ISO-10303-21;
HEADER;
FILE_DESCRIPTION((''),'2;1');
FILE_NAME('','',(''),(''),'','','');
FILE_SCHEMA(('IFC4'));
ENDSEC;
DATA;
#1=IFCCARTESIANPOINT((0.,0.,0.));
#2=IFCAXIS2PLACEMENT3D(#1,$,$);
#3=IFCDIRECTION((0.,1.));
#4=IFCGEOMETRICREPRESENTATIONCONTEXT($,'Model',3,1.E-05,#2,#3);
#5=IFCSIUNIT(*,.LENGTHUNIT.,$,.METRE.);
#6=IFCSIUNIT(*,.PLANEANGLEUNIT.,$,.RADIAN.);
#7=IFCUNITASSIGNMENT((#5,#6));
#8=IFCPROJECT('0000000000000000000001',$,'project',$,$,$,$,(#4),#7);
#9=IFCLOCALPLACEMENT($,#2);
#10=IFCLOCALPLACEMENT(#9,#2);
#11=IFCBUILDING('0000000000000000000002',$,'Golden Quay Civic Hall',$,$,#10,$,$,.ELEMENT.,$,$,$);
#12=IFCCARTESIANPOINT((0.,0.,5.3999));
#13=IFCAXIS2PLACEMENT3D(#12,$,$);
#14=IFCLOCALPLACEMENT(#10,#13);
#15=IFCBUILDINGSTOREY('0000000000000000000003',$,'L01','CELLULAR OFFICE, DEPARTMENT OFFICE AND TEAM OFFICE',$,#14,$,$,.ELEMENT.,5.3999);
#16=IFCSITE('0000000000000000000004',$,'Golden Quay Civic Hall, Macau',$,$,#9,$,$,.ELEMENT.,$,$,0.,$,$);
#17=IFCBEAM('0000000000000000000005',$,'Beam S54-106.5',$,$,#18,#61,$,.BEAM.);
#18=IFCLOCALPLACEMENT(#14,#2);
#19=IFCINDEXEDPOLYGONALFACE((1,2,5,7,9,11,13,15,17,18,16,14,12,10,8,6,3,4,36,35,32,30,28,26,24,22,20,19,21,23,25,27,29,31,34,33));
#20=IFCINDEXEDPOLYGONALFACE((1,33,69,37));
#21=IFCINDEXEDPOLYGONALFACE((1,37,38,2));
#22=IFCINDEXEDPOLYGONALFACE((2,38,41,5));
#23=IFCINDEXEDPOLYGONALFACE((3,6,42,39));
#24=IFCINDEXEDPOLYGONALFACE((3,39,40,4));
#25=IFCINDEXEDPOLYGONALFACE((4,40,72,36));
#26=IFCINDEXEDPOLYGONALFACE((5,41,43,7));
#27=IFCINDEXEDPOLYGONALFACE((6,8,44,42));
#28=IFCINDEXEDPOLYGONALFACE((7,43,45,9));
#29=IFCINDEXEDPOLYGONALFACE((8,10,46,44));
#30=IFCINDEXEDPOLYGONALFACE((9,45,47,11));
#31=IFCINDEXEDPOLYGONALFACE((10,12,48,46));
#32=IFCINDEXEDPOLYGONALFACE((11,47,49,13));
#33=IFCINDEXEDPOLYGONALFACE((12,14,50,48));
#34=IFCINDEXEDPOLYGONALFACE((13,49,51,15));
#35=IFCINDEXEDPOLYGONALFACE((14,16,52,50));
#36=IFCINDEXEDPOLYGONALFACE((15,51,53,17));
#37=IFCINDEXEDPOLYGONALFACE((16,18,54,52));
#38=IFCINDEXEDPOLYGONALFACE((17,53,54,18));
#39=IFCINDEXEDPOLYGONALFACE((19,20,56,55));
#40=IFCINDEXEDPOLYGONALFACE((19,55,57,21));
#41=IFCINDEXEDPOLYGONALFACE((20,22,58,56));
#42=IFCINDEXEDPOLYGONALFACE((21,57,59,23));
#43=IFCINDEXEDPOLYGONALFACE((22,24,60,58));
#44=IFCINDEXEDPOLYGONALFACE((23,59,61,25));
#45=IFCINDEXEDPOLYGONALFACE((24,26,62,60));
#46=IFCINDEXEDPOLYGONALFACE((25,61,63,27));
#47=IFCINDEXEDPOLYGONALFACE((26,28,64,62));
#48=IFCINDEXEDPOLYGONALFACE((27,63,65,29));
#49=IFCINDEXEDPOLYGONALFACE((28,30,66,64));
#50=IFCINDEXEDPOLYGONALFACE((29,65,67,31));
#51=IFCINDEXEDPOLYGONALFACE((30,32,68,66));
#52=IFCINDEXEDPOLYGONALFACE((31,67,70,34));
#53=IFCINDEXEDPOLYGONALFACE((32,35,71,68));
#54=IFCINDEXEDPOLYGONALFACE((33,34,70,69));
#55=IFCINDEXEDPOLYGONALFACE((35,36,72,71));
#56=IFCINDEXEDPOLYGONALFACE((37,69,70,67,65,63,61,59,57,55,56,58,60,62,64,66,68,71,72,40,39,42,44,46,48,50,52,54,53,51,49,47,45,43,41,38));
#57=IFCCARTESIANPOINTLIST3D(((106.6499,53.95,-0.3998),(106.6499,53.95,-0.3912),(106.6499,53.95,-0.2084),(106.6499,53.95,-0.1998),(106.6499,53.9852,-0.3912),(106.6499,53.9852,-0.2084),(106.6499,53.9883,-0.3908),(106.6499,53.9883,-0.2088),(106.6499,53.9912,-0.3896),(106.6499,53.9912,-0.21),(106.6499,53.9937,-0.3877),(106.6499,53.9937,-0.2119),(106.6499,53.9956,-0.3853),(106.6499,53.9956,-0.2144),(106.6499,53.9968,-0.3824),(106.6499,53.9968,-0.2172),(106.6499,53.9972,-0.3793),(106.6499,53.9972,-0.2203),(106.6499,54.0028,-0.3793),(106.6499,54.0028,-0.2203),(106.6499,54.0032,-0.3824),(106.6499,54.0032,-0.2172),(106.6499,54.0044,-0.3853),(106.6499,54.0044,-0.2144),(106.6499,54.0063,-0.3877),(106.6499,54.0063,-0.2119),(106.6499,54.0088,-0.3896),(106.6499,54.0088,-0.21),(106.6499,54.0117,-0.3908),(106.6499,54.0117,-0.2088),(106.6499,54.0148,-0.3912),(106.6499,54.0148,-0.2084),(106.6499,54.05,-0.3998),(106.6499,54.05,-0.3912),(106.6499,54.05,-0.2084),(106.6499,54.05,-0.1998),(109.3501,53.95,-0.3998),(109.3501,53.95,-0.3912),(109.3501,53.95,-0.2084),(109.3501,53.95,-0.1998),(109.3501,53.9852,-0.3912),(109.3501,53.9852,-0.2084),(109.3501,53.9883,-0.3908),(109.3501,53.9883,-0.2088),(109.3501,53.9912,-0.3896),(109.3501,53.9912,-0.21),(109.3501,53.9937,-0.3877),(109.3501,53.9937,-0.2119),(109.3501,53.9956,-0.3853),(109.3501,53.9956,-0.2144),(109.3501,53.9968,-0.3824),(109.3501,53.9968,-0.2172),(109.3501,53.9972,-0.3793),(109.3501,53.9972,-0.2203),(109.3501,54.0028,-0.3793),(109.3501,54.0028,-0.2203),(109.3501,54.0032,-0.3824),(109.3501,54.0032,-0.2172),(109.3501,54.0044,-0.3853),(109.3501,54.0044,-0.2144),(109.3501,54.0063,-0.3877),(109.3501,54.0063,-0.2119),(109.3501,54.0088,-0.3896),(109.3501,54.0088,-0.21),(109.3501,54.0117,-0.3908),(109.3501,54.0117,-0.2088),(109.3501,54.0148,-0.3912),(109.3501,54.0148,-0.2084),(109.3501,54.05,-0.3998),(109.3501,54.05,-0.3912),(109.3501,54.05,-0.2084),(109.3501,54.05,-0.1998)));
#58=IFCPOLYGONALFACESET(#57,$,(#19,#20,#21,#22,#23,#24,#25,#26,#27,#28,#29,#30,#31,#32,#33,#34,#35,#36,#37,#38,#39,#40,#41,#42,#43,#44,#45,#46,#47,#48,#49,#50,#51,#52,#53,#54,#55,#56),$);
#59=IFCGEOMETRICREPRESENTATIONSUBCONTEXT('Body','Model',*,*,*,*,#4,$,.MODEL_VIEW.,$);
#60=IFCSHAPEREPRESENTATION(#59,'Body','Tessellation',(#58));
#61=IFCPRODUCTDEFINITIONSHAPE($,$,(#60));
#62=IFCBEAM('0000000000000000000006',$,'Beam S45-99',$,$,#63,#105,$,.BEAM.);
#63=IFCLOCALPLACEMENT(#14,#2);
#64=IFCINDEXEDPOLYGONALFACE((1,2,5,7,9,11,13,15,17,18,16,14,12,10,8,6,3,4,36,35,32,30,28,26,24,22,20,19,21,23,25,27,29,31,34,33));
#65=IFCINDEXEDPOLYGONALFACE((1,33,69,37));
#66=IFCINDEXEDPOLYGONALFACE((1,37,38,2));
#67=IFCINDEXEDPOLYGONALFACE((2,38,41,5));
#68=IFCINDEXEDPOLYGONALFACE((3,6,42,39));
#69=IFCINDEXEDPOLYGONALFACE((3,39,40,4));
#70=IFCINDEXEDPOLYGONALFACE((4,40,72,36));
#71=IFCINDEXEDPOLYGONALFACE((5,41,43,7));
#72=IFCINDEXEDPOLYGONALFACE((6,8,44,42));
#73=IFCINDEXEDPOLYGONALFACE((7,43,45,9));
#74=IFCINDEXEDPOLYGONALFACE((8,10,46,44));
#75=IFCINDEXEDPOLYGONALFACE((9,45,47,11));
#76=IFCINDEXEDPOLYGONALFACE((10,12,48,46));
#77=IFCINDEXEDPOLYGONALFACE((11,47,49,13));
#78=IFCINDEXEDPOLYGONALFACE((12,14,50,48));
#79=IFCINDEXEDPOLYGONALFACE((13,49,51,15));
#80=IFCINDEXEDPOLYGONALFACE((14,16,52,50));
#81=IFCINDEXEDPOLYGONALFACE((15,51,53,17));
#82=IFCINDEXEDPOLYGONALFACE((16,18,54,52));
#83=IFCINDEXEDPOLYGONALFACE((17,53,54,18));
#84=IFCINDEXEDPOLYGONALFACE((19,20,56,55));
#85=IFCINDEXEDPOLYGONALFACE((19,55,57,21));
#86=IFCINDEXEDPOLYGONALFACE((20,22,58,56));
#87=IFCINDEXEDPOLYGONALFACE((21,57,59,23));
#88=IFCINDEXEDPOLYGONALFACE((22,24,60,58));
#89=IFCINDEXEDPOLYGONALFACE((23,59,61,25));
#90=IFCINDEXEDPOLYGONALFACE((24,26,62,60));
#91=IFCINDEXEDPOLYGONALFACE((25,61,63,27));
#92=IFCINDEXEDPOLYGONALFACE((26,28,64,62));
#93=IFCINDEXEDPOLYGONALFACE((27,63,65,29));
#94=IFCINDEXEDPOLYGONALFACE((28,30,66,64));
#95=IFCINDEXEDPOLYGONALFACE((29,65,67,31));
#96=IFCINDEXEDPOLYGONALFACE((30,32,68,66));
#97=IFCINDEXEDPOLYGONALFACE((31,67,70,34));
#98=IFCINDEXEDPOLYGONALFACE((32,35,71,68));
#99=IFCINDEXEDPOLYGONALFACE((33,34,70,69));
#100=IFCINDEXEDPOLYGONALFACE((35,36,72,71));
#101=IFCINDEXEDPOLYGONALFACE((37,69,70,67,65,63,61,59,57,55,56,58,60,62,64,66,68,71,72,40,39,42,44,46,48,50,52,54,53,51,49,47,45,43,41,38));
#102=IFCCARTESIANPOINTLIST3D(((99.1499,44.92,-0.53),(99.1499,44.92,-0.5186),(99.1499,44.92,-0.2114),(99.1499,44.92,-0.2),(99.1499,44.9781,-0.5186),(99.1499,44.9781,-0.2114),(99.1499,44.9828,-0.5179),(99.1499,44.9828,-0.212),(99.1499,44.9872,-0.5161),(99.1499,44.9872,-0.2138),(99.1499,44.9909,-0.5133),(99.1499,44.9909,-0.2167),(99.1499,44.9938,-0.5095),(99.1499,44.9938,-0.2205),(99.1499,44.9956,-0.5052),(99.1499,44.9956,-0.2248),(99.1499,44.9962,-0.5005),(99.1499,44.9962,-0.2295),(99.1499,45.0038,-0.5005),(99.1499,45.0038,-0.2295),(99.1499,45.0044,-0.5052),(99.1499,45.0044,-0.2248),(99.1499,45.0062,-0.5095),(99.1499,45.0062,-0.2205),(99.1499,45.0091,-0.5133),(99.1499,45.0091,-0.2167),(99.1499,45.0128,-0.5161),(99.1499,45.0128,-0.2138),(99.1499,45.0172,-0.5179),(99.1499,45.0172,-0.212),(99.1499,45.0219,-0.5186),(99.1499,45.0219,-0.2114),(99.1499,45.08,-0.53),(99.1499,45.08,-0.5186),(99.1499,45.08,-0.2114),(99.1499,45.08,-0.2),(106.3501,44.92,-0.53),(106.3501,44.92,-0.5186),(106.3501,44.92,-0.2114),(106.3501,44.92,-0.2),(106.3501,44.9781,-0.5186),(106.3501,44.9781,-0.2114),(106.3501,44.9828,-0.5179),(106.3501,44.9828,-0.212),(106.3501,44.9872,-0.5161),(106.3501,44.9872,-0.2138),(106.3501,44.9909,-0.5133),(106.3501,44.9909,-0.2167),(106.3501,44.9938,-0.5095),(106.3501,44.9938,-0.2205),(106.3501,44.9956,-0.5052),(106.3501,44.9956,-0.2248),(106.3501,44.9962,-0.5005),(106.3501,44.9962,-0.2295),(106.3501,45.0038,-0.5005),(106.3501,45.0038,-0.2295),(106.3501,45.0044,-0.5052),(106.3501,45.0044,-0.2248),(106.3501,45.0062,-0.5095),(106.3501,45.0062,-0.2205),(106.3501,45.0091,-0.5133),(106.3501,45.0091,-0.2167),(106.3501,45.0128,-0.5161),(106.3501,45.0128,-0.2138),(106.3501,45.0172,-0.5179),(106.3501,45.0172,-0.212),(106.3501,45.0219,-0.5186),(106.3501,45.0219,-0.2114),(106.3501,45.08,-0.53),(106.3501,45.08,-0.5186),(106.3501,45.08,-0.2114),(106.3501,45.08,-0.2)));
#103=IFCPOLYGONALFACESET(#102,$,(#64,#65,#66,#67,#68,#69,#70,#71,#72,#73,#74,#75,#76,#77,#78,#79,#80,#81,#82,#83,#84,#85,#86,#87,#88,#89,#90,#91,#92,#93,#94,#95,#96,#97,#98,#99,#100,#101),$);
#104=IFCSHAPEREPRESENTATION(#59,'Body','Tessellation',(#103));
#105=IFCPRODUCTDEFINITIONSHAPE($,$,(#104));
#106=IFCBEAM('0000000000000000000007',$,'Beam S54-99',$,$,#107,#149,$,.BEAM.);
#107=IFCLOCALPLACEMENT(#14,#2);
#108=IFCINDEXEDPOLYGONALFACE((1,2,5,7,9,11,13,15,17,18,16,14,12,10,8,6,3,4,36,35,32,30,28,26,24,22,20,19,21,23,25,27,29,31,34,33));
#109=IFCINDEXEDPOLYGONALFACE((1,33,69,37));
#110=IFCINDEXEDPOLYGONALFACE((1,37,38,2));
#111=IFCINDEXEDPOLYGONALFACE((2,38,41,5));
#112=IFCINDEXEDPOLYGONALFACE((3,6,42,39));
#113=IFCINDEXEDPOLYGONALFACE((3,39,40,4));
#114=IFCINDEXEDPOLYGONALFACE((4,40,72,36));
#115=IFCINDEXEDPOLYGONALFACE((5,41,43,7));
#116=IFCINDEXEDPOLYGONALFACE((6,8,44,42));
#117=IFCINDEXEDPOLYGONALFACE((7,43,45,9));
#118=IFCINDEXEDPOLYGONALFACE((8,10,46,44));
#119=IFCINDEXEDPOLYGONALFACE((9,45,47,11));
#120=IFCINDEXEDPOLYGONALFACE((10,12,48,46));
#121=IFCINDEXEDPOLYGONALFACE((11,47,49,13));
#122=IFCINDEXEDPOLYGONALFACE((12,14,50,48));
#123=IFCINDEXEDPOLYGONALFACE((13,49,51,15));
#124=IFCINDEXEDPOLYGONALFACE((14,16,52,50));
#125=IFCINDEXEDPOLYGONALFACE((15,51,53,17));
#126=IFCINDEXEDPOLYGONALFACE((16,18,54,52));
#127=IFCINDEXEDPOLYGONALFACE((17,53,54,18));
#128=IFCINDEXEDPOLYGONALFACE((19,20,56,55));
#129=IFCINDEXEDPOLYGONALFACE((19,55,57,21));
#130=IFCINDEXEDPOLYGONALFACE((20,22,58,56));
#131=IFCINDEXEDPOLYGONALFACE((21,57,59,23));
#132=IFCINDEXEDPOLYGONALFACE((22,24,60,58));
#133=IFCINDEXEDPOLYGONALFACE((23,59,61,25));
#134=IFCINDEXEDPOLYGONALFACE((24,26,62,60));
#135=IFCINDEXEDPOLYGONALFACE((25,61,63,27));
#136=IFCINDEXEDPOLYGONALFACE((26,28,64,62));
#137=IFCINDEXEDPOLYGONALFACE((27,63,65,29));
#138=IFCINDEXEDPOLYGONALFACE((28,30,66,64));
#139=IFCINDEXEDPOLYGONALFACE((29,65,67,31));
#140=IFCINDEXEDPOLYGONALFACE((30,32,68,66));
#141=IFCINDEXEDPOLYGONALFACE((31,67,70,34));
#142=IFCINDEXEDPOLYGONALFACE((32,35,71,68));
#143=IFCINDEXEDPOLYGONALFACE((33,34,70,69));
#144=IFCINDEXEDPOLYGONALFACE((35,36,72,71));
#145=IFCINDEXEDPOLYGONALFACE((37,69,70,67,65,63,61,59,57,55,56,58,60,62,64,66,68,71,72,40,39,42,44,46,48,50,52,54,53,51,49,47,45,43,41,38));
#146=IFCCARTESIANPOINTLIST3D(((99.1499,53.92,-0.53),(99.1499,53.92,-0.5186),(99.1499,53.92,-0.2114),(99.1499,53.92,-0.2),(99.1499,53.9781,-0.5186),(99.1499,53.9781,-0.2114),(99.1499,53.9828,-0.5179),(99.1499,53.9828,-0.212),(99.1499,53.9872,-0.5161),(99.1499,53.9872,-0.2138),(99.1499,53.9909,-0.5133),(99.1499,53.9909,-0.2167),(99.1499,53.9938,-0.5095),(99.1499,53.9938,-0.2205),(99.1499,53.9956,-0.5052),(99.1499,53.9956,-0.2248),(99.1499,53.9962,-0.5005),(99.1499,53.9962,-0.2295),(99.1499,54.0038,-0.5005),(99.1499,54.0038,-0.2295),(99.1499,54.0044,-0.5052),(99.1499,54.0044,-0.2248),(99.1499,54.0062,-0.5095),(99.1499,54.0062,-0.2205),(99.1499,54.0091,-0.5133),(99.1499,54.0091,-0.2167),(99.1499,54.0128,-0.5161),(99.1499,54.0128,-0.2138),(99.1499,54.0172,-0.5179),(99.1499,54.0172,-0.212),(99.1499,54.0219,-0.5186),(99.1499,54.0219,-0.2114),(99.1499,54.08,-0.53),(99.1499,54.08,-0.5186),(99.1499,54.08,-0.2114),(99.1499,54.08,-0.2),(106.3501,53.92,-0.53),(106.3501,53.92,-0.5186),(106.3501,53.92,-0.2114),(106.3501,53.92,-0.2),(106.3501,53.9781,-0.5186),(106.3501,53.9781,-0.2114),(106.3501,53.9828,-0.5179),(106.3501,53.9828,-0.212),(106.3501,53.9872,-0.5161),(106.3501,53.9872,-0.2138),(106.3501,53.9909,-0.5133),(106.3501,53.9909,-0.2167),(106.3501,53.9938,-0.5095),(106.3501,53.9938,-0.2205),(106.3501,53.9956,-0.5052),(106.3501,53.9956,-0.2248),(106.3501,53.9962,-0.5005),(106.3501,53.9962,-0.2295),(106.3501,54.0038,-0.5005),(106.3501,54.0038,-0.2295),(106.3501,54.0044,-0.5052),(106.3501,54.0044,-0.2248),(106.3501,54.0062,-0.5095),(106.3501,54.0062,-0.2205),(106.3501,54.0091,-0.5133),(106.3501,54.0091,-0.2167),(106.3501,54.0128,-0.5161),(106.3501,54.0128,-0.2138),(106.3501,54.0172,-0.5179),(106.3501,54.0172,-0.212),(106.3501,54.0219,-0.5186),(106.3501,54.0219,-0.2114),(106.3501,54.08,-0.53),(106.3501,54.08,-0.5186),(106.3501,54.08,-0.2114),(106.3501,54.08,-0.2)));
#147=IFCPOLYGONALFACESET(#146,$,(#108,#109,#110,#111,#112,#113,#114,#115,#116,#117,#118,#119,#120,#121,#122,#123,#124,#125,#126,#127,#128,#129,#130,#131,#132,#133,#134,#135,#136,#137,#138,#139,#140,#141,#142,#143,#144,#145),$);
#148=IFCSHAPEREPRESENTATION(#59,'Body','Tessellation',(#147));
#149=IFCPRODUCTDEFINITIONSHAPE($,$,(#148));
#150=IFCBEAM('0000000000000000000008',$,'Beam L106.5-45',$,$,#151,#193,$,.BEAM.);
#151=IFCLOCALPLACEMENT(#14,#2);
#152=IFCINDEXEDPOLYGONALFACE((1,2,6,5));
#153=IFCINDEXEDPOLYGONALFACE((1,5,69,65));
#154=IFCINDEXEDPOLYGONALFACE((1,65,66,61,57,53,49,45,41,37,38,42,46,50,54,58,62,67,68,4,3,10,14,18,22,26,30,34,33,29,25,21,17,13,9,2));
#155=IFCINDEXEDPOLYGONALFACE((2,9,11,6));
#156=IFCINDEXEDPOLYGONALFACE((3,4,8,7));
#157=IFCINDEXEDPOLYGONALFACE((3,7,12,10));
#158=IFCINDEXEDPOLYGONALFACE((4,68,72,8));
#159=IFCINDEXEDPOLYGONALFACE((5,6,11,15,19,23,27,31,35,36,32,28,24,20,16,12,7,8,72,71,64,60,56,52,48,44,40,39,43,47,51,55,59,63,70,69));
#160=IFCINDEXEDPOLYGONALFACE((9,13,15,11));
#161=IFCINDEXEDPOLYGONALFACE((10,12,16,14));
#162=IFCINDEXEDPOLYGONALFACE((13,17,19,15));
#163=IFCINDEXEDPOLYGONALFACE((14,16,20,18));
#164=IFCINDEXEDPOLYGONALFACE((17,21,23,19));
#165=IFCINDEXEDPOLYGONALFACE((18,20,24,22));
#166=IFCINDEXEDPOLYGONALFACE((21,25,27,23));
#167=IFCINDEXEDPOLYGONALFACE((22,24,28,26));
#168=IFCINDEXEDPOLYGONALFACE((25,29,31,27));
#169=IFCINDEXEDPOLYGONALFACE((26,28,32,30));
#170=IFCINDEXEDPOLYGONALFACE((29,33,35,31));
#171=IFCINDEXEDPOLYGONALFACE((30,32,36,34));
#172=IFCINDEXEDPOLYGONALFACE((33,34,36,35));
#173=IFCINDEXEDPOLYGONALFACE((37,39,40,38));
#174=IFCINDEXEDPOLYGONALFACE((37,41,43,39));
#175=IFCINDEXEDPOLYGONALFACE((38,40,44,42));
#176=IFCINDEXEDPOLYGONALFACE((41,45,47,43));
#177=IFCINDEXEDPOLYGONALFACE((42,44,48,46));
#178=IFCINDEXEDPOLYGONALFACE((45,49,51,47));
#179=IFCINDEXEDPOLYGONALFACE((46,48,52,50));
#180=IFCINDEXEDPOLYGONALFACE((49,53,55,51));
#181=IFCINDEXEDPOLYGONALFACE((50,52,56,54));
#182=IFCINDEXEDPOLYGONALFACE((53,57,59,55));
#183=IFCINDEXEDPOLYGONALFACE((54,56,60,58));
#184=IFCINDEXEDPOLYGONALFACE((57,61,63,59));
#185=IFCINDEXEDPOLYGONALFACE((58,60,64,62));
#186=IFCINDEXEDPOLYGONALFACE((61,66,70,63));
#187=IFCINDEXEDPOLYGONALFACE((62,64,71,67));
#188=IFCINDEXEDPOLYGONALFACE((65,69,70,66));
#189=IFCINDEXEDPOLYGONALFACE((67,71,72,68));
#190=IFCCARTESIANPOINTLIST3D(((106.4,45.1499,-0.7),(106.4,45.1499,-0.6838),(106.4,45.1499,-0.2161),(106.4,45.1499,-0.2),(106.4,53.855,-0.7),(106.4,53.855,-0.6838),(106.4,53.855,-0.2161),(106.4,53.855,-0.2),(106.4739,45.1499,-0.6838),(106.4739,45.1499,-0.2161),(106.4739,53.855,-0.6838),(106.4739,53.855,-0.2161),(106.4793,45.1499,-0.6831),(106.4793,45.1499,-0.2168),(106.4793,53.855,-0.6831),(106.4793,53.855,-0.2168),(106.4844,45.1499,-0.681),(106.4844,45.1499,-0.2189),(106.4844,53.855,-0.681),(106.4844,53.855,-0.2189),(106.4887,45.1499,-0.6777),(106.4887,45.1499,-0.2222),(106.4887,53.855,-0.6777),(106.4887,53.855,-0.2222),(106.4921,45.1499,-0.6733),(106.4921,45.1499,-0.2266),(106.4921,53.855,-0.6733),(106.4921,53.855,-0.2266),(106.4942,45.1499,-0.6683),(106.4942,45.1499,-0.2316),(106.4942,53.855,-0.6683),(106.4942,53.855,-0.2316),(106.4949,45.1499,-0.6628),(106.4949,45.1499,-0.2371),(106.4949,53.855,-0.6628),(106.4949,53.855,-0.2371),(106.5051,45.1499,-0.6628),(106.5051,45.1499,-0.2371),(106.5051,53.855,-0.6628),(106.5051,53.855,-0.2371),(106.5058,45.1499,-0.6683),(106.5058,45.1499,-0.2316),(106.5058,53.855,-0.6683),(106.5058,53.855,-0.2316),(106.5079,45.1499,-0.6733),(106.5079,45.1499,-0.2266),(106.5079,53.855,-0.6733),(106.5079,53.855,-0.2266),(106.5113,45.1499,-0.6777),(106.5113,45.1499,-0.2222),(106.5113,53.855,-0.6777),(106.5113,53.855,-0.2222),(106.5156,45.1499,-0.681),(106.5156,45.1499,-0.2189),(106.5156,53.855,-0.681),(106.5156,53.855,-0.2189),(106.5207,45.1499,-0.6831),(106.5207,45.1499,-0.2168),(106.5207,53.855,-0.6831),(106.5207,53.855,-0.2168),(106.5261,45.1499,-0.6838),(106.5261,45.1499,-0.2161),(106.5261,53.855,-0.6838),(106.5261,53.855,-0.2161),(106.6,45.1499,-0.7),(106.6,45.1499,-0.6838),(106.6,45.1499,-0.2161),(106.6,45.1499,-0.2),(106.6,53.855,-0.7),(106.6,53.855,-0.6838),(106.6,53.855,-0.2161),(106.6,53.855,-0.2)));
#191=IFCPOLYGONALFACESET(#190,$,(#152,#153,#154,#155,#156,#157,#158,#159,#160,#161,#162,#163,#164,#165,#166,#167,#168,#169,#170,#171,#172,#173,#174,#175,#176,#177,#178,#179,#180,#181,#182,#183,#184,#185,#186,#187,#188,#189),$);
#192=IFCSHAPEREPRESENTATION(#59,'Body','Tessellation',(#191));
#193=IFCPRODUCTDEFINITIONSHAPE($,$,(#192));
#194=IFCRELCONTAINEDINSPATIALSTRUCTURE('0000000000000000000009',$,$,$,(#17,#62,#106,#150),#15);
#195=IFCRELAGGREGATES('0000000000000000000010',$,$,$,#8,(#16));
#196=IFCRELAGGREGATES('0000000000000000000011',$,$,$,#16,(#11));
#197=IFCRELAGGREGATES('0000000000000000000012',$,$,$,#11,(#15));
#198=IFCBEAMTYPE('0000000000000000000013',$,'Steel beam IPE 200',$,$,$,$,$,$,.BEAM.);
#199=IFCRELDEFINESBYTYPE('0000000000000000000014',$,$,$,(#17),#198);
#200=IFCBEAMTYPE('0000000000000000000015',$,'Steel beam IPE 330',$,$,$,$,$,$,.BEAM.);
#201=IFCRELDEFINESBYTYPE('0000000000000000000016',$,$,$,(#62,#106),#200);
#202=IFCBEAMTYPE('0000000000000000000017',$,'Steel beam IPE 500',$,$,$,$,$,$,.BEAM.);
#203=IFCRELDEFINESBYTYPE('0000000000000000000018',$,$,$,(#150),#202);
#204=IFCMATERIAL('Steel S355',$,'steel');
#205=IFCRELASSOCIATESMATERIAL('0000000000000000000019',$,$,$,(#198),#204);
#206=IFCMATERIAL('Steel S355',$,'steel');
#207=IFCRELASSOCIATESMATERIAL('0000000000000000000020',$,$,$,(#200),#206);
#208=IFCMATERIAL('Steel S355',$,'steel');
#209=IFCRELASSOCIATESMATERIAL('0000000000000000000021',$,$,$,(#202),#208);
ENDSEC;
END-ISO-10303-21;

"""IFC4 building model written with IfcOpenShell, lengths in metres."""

from ifc_helpers import new_model, si_unit, direction, frame, origin, origin_2d, place, context, subcontext, project, spatial, i_section, extrude, material, material_profile, profile_set, type_object, element, save


model = new_model("IFC4")

# Units and contexts
model_context = context("Model", 3, precision=1e-05, world=origin(), true_north=direction((0.0, 1.0)))
body_context = subcontext(model_context, "Body", "Model", "MODEL_VIEW")
ifc_project = project(units=[si_unit("LENGTHUNIT", "METRE"), si_unit("PLANEANGLEUNIT", "RADIAN")], contexts=[model_context])

# Site, building, storey
site_placement = place(None, origin())
site = spatial("IfcSite", under=ifc_project, at=site_placement, Name="Golden Quay Civic Hall, Macau", CompositionType="ELEMENT", RefElevation=0.0)
building_placement = place(site_placement, origin())
building = spatial("IfcBuilding", under=site, at=building_placement, Name="Golden Quay Civic Hall", CompositionType="ELEMENT")
storey_placement = place(building_placement, frame((0.0, 0.0, 5.3999)))
storey = spatial("IfcBuildingStorey", under=building, at=storey_placement, Name="L01", Description="CELLULAR OFFICE, DEPARTMENT OFFICE AND TEAM OFFICE", CompositionType="ELEMENT", Elevation=5.3999)

# Beams
ifc_material_1 = material(Name="Steel S355", Category="steel")
ifc_material_profile_1 = material_profile(ifc_material_1, i_section(OverallWidth=0.1001, OverallDepth=0.2, WebThickness=0.0056, FlangeThickness=0.0085, FilletRadius=0.012, at=origin_2d()), Name="IPE 200")
ifc_profile_set_1 = profile_set([ifc_material_profile_1], Name="Steel S355")
beam_type_1 = type_object("IfcBeamType", Name="Steel beam IPE 200", PredefinedType="BEAM", material=ifc_profile_set_1)
for number, where, z_axis, x_axis, name in (
    (1, (106.6499, 54.0, -0.2998), (1.0, 0.0, 0.0), (0.0, 1.0, 0.0), "Beam S54-106.5"),
):
    element("IfcBeam", number, at=place(storey_placement, frame(where, z_axis=z_axis, x_axis=x_axis)), inside=storey, type_object=beam_type_1, Name=name, PredefinedType="BEAM", context=body_context, shape_type="SweptSolid", body=[
        extrude(i_section(OverallWidth=0.1001, OverallDepth=0.2, WebThickness=0.0056, FlangeThickness=0.0085, FilletRadius=0.012, at=origin_2d()), origin(), (0.0, 0.0, 1.0), 2.7002),
    ])
ifc_material_2 = material(Name="Steel S355", Category="steel")
ifc_material_profile_2 = material_profile(ifc_material_2, i_section(OverallWidth=0.1599, OverallDepth=0.3301, WebThickness=0.0076, FlangeThickness=0.0115, FilletRadius=0.0181, at=origin_2d()), Name="IPE 330")
ifc_profile_set_2 = profile_set([ifc_material_profile_2], Name="Steel S355")
beam_type_2 = type_object("IfcBeamType", Name="Steel beam IPE 330", PredefinedType="BEAM", material=ifc_profile_set_2)
for number, where, z_axis, x_axis, name in (
    (2, (99.1499, 45.0, -0.365), (1.0, 0.0, 0.0), (0.0, 1.0, 0.0), "Beam S45-99"),
    (3, (99.1499, 54.0, -0.365), (1.0, 0.0, 0.0), (0.0, 1.0, 0.0), "Beam S54-99"),
):
    element("IfcBeam", number, at=place(storey_placement, frame(where, z_axis=z_axis, x_axis=x_axis)), inside=storey, type_object=beam_type_2, Name=name, PredefinedType="BEAM", context=body_context, shape_type="SweptSolid", body=[
        extrude(i_section(OverallWidth=0.1599, OverallDepth=0.3301, WebThickness=0.0076, FlangeThickness=0.0115, FilletRadius=0.0181, at=origin_2d()), origin(), (0.0, 0.0, 1.0), 7.2002),
    ])
ifc_material_3 = material(Name="Steel S355", Category="steel")
ifc_material_profile_3 = material_profile(ifc_material_3, i_section(OverallWidth=0.2, OverallDepth=0.5, WebThickness=0.0103, FlangeThickness=0.0161, FilletRadius=0.021, at=origin_2d()), Name="IPE 500")
ifc_profile_set_3 = profile_set([ifc_material_profile_3], Name="Steel S355")
beam_type_3 = type_object("IfcBeamType", Name="Steel beam IPE 500", PredefinedType="BEAM", material=ifc_profile_set_3)
for number, where, z_axis, x_axis, name in (
    (4, (106.5, 45.1499, -0.45), (0.0, 1.0, 0.0), (-1.0, 0.0, 0.0), "Beam L106.5-45"),
):
    element("IfcBeam", number, at=place(storey_placement, frame(where, z_axis=z_axis, x_axis=x_axis)), inside=storey, type_object=beam_type_3, Name=name, PredefinedType="BEAM", context=body_context, shape_type="SweptSolid", body=[
        extrude(i_section(OverallWidth=0.2, OverallDepth=0.5, WebThickness=0.0103, FlangeThickness=0.0161, FilletRadius=0.021, at=origin_2d()), origin(), (0.0, 0.0, 1.0), 8.7051),
    ])

save(model, "model.ifc")
